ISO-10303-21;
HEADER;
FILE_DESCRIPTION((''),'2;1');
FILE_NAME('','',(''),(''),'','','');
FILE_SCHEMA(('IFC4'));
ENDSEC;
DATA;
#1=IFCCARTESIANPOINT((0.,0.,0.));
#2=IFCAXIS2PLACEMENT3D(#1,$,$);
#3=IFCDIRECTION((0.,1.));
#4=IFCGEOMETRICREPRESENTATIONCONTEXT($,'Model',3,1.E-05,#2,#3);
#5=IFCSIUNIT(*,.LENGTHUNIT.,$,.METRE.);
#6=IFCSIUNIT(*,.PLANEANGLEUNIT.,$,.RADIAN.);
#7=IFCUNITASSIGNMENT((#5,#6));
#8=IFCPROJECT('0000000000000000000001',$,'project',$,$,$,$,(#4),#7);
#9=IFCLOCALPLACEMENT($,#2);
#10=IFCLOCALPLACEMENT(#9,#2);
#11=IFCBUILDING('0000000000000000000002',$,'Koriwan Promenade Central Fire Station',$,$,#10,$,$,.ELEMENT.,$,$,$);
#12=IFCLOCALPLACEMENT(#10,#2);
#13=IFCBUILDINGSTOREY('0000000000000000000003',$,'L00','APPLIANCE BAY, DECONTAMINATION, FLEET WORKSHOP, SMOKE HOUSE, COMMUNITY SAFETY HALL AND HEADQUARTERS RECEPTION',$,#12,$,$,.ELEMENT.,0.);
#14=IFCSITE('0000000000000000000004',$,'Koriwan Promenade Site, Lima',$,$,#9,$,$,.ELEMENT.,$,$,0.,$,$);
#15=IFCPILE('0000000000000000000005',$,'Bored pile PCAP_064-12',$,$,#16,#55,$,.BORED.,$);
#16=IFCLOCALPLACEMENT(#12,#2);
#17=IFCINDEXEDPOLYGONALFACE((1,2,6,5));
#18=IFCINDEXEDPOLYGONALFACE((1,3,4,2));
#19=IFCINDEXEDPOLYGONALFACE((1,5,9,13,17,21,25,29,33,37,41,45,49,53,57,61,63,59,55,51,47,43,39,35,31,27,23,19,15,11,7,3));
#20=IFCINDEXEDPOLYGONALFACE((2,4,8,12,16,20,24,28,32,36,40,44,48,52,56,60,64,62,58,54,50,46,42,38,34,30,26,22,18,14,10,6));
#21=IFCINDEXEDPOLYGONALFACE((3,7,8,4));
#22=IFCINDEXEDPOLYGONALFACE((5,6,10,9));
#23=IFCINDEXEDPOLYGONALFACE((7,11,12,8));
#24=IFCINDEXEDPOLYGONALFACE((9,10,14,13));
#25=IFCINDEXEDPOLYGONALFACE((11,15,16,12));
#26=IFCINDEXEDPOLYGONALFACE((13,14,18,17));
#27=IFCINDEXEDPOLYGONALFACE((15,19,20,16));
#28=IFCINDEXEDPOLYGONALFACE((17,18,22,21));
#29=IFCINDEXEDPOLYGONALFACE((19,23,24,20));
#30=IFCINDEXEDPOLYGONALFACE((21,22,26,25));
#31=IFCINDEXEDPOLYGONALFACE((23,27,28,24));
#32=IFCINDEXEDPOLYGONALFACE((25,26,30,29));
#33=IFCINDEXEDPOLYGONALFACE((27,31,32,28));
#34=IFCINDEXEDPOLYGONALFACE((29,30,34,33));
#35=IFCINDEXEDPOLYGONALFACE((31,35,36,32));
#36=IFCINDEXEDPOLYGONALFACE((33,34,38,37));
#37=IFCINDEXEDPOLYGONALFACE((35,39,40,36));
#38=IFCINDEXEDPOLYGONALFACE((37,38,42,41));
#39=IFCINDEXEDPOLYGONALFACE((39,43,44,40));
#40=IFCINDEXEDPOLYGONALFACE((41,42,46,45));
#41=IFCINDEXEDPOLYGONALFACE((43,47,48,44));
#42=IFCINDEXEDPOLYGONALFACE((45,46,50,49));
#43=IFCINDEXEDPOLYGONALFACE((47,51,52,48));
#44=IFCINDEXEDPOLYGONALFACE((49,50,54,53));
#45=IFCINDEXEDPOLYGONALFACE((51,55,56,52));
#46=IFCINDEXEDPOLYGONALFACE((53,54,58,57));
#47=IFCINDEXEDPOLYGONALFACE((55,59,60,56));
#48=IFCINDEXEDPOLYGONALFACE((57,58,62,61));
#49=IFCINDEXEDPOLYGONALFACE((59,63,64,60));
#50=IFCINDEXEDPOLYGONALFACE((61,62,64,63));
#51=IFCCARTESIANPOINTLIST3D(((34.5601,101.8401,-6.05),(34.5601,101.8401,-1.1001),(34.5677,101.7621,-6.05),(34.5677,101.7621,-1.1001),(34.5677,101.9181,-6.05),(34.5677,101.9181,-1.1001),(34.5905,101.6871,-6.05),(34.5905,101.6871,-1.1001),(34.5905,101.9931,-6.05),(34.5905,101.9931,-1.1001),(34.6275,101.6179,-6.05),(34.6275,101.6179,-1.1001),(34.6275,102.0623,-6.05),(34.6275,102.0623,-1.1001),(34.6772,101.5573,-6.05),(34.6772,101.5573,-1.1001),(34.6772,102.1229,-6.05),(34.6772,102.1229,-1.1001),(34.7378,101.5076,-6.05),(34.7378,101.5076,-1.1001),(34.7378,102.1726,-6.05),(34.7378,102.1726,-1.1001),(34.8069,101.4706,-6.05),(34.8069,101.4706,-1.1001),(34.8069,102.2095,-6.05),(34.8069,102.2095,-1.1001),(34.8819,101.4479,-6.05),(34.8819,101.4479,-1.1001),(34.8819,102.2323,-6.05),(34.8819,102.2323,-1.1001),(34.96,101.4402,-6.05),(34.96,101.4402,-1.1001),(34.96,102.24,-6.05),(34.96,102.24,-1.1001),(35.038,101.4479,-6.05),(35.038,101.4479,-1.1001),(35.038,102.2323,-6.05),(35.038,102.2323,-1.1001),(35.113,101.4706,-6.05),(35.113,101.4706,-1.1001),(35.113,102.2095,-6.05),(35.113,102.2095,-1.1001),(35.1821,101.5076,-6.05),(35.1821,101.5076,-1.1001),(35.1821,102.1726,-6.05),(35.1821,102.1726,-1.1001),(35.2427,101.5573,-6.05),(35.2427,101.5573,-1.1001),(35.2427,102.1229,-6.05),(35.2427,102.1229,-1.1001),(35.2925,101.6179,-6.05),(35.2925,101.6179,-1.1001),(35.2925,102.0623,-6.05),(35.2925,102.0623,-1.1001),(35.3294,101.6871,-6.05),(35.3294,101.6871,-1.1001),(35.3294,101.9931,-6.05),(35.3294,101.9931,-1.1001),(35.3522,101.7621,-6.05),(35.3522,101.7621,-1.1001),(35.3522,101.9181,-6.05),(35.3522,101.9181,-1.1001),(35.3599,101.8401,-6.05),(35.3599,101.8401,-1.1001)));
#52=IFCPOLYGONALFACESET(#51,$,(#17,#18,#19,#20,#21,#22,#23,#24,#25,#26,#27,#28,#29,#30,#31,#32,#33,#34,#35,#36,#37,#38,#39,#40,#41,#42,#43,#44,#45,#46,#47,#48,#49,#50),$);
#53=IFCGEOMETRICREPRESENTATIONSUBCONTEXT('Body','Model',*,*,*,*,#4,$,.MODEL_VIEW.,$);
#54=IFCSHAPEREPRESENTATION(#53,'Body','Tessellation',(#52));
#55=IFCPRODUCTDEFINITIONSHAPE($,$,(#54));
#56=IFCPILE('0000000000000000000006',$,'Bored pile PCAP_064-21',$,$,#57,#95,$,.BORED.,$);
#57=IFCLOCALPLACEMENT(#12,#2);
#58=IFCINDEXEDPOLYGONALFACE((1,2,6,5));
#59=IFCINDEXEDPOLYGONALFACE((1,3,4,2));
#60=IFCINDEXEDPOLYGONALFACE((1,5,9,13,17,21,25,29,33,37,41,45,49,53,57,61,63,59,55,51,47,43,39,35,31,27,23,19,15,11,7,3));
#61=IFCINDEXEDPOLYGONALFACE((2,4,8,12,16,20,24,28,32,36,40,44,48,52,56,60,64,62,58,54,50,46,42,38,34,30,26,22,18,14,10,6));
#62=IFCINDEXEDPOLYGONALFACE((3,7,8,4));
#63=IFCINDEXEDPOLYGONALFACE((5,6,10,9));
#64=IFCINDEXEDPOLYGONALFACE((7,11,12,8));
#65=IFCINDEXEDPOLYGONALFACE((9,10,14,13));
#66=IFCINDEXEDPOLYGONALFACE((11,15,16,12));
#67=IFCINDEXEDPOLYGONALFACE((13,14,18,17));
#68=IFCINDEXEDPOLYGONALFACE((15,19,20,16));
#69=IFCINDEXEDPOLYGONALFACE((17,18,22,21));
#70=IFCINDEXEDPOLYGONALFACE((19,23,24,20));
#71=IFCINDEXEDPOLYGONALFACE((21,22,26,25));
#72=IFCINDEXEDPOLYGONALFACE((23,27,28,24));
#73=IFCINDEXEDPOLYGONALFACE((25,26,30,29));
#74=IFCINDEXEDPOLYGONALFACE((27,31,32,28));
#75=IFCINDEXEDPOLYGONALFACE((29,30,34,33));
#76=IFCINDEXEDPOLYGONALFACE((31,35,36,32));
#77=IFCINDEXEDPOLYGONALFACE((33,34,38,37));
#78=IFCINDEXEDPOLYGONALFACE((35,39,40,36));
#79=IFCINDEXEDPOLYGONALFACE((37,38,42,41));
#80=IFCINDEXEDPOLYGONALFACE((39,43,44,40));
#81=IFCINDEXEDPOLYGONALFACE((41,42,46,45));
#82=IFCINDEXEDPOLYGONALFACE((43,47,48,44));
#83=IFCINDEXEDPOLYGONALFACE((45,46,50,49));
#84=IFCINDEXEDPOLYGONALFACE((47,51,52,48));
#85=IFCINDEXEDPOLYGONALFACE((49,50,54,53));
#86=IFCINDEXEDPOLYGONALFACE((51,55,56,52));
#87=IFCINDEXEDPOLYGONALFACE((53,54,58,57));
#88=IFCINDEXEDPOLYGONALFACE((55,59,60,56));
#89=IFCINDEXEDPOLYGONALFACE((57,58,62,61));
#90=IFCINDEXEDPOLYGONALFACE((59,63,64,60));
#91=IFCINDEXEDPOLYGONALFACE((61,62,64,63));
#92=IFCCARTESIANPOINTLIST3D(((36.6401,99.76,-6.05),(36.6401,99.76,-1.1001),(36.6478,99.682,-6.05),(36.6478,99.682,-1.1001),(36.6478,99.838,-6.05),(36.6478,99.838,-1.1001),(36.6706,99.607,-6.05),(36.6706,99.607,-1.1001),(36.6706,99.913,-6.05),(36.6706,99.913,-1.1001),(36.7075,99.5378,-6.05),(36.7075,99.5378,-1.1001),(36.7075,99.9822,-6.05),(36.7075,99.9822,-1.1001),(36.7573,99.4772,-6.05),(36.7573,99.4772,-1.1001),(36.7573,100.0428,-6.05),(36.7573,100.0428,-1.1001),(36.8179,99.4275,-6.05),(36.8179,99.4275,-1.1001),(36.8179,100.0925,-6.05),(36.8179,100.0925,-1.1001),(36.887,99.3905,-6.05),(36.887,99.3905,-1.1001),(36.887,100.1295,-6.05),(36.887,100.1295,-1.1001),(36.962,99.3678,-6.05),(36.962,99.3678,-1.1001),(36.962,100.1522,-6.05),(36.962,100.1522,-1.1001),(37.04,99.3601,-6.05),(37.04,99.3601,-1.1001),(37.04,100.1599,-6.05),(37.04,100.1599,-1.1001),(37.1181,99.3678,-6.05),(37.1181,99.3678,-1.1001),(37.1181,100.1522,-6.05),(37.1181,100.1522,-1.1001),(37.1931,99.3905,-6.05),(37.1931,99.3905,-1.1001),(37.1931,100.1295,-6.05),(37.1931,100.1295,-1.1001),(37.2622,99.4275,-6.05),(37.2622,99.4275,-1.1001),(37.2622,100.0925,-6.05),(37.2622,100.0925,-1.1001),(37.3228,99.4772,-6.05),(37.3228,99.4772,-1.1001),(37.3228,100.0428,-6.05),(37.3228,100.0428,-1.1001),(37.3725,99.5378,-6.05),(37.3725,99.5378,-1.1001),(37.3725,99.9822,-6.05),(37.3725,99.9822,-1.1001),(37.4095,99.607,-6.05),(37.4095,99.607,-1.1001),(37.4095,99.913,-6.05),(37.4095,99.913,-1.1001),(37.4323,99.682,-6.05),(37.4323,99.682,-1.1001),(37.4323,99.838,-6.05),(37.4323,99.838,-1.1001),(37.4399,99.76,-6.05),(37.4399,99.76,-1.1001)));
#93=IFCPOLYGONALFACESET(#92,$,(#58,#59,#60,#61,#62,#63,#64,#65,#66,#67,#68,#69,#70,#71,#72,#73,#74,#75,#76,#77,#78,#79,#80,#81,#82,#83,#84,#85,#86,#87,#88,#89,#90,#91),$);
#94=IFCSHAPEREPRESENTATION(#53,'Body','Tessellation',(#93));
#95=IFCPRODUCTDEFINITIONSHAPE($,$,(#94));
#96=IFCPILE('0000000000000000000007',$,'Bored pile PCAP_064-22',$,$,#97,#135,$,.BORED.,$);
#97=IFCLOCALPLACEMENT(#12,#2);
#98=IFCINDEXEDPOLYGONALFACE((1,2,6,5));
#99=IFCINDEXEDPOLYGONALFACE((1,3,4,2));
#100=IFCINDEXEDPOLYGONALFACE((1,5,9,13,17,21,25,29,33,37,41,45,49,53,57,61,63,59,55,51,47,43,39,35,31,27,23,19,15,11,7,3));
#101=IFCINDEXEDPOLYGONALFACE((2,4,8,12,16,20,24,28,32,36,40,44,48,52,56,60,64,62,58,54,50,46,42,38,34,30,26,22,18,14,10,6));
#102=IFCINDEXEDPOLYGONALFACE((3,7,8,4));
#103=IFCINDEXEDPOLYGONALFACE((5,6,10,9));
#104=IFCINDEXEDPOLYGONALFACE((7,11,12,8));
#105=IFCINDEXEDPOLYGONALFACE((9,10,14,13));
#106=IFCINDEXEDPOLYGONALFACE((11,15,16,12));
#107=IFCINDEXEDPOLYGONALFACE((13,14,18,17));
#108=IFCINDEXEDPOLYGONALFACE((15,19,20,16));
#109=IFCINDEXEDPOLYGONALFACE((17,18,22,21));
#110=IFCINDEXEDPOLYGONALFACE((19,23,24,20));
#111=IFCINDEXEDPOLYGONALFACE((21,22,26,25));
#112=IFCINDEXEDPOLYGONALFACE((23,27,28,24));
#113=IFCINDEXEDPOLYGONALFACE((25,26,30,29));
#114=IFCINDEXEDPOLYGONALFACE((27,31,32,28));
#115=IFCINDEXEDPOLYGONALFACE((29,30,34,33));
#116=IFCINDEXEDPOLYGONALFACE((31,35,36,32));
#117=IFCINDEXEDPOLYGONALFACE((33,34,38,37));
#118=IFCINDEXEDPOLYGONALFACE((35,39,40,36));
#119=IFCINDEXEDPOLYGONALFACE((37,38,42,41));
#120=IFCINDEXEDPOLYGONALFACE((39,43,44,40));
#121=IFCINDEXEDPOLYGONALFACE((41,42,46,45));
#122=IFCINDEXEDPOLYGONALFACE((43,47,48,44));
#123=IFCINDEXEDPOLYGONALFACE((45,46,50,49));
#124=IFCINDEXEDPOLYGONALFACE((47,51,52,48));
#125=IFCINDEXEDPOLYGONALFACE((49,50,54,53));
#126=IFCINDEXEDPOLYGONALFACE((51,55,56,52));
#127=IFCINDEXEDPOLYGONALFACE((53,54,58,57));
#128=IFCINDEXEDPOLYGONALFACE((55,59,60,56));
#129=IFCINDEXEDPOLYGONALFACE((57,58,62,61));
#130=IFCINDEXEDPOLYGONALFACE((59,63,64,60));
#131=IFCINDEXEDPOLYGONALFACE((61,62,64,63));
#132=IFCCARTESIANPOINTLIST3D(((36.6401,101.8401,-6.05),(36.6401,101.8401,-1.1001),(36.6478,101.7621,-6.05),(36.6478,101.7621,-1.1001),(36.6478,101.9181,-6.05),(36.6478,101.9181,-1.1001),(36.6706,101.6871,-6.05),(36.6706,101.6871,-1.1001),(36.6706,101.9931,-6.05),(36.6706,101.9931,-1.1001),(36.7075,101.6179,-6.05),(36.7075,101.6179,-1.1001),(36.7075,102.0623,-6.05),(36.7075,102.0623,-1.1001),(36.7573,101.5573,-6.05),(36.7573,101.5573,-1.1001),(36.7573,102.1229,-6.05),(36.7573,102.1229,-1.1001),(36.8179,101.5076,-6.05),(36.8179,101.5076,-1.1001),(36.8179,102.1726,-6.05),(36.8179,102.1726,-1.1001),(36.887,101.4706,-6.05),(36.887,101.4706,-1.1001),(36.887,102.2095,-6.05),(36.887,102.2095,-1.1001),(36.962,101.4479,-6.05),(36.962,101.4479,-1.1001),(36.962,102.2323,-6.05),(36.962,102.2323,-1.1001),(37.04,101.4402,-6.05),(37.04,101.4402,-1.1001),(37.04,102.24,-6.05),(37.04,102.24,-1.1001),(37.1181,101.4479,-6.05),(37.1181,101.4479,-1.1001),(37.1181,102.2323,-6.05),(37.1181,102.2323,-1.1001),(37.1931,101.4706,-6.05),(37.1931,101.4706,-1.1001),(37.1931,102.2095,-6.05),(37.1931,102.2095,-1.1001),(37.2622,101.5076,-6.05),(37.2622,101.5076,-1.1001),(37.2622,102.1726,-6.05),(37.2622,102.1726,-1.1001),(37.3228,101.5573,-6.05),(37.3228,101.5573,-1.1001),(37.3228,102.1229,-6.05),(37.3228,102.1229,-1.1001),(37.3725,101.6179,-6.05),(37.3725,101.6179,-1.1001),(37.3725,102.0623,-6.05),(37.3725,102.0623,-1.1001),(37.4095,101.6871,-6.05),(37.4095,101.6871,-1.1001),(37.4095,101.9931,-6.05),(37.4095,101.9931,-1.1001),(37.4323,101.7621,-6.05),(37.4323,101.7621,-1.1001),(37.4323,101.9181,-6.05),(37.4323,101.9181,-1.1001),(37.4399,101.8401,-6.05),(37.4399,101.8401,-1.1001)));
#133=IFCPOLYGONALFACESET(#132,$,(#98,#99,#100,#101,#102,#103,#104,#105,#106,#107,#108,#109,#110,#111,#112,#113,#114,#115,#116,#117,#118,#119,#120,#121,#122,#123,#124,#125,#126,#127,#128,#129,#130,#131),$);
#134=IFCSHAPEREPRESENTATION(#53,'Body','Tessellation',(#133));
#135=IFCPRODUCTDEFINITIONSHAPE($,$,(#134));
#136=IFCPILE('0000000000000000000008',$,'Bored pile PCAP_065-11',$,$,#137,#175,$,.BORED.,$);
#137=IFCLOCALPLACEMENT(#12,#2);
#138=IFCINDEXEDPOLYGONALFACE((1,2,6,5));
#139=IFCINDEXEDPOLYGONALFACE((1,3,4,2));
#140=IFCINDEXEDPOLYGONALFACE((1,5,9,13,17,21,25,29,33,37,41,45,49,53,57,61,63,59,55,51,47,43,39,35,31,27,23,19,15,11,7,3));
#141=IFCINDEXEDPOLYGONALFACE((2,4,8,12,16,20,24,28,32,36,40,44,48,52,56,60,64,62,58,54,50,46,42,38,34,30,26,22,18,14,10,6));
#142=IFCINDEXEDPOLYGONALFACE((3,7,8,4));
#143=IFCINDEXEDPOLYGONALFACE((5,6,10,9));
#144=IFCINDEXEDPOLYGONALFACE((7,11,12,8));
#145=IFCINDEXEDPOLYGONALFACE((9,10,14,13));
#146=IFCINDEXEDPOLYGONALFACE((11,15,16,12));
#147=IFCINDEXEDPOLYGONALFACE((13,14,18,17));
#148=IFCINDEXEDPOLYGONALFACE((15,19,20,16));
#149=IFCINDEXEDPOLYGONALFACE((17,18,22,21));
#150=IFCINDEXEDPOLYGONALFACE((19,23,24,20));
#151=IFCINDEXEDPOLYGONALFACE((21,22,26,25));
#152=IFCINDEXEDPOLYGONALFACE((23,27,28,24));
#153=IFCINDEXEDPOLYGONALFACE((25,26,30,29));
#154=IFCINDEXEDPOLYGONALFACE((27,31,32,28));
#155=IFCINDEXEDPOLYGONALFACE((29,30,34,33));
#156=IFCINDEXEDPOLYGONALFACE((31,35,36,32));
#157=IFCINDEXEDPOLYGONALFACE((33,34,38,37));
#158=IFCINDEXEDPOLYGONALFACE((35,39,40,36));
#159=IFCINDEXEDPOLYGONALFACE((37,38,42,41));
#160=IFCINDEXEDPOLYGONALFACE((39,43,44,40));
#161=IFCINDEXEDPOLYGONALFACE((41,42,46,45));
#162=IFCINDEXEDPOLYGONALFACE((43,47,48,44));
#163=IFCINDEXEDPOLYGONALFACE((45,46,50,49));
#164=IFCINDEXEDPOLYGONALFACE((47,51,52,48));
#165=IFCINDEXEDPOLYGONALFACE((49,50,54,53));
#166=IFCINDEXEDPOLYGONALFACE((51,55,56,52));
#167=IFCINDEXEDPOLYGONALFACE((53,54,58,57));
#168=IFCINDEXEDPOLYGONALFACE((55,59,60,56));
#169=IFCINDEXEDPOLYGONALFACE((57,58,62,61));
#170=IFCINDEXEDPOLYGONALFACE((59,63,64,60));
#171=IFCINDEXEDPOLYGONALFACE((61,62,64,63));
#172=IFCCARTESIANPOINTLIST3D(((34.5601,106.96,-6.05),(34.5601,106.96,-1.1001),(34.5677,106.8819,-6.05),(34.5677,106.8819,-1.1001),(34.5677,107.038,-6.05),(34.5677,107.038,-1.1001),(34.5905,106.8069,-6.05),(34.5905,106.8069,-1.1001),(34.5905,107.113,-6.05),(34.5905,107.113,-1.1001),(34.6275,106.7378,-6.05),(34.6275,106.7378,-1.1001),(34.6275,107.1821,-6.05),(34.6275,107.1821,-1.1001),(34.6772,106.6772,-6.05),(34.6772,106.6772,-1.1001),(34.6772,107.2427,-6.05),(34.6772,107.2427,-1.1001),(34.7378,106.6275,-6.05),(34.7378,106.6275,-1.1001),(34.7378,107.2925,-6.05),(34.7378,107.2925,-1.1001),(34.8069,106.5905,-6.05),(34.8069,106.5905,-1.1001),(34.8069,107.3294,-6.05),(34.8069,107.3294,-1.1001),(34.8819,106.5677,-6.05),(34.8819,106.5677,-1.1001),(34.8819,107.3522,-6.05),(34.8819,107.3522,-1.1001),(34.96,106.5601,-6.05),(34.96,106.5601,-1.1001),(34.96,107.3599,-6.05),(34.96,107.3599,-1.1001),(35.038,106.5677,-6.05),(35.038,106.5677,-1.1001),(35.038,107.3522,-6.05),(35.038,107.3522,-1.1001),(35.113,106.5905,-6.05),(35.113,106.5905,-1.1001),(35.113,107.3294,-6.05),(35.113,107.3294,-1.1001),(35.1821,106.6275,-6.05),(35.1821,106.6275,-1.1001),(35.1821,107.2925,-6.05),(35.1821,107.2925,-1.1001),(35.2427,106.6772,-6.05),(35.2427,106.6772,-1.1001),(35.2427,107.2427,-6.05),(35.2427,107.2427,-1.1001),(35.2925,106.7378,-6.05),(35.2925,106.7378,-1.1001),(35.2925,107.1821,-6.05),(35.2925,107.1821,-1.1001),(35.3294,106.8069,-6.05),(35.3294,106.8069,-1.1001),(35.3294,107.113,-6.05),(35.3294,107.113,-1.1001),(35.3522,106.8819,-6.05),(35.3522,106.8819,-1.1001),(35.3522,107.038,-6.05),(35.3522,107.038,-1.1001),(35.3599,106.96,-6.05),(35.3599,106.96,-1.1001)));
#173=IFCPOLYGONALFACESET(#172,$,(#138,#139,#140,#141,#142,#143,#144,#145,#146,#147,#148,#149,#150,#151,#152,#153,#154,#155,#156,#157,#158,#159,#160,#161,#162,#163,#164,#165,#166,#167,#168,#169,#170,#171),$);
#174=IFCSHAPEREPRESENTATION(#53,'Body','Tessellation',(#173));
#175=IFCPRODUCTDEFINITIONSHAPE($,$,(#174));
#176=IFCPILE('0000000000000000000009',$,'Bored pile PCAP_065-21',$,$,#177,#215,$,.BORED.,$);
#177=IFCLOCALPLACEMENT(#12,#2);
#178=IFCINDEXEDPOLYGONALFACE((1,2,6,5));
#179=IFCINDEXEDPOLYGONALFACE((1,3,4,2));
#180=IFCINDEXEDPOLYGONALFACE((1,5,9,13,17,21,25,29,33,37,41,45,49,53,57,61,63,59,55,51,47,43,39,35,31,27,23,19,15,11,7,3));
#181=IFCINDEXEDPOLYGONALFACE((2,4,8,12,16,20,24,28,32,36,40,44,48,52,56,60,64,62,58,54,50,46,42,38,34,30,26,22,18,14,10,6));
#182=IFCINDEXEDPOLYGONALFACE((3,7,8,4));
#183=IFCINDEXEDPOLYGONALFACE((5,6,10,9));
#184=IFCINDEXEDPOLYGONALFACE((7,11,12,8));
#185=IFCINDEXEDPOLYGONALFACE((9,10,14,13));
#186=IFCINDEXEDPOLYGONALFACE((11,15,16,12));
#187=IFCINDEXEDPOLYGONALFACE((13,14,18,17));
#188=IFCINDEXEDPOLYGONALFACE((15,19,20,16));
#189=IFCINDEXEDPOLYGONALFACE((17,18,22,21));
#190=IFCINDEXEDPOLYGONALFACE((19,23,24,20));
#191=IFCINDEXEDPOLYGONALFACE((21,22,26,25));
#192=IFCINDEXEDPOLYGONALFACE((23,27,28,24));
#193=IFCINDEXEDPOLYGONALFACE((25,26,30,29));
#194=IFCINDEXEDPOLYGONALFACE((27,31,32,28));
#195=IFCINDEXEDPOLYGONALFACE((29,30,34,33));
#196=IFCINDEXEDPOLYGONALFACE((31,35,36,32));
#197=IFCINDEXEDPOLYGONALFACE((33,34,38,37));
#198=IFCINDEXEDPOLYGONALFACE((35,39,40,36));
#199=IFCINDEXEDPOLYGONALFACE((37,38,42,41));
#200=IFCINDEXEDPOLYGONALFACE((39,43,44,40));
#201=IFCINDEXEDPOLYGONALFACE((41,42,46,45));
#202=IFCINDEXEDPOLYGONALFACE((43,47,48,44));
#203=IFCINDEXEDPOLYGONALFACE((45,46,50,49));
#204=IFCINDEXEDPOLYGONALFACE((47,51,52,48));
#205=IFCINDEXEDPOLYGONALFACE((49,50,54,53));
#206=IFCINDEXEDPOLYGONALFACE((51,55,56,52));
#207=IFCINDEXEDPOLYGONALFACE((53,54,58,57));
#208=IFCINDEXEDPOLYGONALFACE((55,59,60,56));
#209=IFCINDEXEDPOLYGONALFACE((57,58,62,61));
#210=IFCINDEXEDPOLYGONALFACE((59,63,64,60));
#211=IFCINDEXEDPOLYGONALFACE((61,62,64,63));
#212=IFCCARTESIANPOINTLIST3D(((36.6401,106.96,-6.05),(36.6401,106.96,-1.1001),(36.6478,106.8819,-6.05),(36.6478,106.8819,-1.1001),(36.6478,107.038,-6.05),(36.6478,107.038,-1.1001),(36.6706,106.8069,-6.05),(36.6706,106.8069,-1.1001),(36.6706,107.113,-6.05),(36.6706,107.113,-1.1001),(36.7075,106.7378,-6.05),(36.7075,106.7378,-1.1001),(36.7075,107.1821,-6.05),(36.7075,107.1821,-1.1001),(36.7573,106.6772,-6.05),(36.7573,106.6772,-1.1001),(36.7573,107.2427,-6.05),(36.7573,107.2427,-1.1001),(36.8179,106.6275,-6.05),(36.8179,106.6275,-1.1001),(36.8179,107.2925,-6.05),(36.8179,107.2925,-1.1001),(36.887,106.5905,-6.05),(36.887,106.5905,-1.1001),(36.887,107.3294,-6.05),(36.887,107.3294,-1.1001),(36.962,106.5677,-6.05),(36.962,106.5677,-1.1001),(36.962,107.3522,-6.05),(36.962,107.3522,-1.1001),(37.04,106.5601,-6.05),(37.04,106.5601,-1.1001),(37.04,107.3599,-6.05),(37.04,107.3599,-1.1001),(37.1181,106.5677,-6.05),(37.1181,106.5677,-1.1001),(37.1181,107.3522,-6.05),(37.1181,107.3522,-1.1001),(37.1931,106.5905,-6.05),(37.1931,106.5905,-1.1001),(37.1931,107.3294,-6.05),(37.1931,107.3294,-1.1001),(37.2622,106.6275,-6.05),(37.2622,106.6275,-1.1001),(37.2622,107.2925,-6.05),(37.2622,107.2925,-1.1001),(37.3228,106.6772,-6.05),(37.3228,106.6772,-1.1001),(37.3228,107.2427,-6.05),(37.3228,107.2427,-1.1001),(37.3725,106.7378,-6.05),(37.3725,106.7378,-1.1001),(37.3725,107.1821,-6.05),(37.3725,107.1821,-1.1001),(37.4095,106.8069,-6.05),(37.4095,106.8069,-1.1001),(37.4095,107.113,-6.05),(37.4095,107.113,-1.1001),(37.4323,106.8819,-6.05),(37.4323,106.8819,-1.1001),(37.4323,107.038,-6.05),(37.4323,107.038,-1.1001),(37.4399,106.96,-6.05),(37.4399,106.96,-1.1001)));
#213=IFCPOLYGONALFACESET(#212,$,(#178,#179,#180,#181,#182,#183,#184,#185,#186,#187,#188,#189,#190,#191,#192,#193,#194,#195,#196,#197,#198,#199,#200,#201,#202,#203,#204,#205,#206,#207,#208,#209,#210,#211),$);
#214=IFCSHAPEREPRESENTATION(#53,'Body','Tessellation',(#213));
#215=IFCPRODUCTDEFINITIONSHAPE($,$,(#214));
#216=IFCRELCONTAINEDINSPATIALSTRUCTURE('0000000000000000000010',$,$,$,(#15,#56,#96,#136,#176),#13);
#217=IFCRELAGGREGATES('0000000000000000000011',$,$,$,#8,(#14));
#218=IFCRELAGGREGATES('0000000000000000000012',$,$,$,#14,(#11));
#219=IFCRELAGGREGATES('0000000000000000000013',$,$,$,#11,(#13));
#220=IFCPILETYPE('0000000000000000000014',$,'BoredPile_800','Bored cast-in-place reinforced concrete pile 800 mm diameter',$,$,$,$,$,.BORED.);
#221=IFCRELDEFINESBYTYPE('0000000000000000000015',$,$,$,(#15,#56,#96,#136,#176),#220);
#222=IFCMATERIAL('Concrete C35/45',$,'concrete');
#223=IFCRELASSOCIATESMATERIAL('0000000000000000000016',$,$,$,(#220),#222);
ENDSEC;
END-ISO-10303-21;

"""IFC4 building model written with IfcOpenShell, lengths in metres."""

from ifc_helpers import new_model, si_unit, direction, frame, origin, origin_2d, place, context, subcontext, project, spatial, circle, extrude, material, material_profile, profile_set, type_object, element, save


model = new_model("IFC4")

# Units and contexts
model_context = context("Model", 3, precision=1e-05, world=origin(), true_north=direction((0.0, 1.0)))
body_context = subcontext(model_context, "Body", "Model", "MODEL_VIEW")
ifc_project = project(units=[si_unit("LENGTHUNIT", "METRE"), si_unit("PLANEANGLEUNIT", "RADIAN")], contexts=[model_context])

# Site, building, storey
site_placement = place(None, origin())
site = spatial("IfcSite", under=ifc_project, at=site_placement, Name="Koriwan Promenade Site, Lima", CompositionType="ELEMENT", RefElevation=0.0)
building_placement = place(site_placement, origin())
building = spatial("IfcBuilding", under=site, at=building_placement, Name="Koriwan Promenade Central Fire Station", CompositionType="ELEMENT")
storey_placement = place(building_placement, origin())
storey = spatial("IfcBuildingStorey", under=building, at=storey_placement, Name="L00", Description="APPLIANCE BAY, DECONTAMINATION, FLEET WORKSHOP, SMOKE HOUSE, COMMUNITY SAFETY HALL AND HEADQUARTERS RECEPTION", CompositionType="ELEMENT", Elevation=0.0)

# Piles
ifc_material_1 = material(Name="Concrete C35/45", Category="concrete")
ifc_material_profile_1 = material_profile(ifc_material_1, circle(Radius=0.3999, at=origin_2d()), Name="PILE-D800")
ifc_profile_set_1 = profile_set([ifc_material_profile_1], Name="Concrete C35/45")
pile_type_1 = type_object("IfcPileType", Name="BoredPile_800", Description="Bored cast-in-place reinforced concrete pile 800 mm diameter", PredefinedType="BORED", material=ifc_profile_set_1)
for number, where, z_axis, x_axis, name in (
    (1, (34.96, 101.8401, -1.1001), (0.0, 0.0, -1.0), (1.0, 0.0, 0.0), "Bored pile PCAP_064-12"),
    (2, (37.04, 99.76, -1.1001), (0.0, 0.0, -1.0), (1.0, 0.0, 0.0), "Bored pile PCAP_064-21"),
    (3, (37.04, 101.8401, -1.1001), (0.0, 0.0, -1.0), (1.0, 0.0, 0.0), "Bored pile PCAP_064-22"),
    (4, (34.96, 106.96, -1.1001), (0.0, 0.0, -1.0), (1.0, 0.0, 0.0), "Bored pile PCAP_065-11"),
    (5, (37.04, 106.96, -1.1001), (0.0, 0.0, -1.0), (1.0, 0.0, 0.0), "Bored pile PCAP_065-21"),
):
    element("IfcPile", number, at=place(storey_placement, frame(where, z_axis=z_axis, x_axis=x_axis)), inside=storey, type_object=pile_type_1, Name=name, PredefinedType="BORED", context=body_context, shape_type="SweptSolid", body=[
        extrude(circle(Radius=0.3999, at=origin_2d()), origin(), (0.0, 0.0, 1.0), 4.95),
    ])

save(model, "model.ifc")
